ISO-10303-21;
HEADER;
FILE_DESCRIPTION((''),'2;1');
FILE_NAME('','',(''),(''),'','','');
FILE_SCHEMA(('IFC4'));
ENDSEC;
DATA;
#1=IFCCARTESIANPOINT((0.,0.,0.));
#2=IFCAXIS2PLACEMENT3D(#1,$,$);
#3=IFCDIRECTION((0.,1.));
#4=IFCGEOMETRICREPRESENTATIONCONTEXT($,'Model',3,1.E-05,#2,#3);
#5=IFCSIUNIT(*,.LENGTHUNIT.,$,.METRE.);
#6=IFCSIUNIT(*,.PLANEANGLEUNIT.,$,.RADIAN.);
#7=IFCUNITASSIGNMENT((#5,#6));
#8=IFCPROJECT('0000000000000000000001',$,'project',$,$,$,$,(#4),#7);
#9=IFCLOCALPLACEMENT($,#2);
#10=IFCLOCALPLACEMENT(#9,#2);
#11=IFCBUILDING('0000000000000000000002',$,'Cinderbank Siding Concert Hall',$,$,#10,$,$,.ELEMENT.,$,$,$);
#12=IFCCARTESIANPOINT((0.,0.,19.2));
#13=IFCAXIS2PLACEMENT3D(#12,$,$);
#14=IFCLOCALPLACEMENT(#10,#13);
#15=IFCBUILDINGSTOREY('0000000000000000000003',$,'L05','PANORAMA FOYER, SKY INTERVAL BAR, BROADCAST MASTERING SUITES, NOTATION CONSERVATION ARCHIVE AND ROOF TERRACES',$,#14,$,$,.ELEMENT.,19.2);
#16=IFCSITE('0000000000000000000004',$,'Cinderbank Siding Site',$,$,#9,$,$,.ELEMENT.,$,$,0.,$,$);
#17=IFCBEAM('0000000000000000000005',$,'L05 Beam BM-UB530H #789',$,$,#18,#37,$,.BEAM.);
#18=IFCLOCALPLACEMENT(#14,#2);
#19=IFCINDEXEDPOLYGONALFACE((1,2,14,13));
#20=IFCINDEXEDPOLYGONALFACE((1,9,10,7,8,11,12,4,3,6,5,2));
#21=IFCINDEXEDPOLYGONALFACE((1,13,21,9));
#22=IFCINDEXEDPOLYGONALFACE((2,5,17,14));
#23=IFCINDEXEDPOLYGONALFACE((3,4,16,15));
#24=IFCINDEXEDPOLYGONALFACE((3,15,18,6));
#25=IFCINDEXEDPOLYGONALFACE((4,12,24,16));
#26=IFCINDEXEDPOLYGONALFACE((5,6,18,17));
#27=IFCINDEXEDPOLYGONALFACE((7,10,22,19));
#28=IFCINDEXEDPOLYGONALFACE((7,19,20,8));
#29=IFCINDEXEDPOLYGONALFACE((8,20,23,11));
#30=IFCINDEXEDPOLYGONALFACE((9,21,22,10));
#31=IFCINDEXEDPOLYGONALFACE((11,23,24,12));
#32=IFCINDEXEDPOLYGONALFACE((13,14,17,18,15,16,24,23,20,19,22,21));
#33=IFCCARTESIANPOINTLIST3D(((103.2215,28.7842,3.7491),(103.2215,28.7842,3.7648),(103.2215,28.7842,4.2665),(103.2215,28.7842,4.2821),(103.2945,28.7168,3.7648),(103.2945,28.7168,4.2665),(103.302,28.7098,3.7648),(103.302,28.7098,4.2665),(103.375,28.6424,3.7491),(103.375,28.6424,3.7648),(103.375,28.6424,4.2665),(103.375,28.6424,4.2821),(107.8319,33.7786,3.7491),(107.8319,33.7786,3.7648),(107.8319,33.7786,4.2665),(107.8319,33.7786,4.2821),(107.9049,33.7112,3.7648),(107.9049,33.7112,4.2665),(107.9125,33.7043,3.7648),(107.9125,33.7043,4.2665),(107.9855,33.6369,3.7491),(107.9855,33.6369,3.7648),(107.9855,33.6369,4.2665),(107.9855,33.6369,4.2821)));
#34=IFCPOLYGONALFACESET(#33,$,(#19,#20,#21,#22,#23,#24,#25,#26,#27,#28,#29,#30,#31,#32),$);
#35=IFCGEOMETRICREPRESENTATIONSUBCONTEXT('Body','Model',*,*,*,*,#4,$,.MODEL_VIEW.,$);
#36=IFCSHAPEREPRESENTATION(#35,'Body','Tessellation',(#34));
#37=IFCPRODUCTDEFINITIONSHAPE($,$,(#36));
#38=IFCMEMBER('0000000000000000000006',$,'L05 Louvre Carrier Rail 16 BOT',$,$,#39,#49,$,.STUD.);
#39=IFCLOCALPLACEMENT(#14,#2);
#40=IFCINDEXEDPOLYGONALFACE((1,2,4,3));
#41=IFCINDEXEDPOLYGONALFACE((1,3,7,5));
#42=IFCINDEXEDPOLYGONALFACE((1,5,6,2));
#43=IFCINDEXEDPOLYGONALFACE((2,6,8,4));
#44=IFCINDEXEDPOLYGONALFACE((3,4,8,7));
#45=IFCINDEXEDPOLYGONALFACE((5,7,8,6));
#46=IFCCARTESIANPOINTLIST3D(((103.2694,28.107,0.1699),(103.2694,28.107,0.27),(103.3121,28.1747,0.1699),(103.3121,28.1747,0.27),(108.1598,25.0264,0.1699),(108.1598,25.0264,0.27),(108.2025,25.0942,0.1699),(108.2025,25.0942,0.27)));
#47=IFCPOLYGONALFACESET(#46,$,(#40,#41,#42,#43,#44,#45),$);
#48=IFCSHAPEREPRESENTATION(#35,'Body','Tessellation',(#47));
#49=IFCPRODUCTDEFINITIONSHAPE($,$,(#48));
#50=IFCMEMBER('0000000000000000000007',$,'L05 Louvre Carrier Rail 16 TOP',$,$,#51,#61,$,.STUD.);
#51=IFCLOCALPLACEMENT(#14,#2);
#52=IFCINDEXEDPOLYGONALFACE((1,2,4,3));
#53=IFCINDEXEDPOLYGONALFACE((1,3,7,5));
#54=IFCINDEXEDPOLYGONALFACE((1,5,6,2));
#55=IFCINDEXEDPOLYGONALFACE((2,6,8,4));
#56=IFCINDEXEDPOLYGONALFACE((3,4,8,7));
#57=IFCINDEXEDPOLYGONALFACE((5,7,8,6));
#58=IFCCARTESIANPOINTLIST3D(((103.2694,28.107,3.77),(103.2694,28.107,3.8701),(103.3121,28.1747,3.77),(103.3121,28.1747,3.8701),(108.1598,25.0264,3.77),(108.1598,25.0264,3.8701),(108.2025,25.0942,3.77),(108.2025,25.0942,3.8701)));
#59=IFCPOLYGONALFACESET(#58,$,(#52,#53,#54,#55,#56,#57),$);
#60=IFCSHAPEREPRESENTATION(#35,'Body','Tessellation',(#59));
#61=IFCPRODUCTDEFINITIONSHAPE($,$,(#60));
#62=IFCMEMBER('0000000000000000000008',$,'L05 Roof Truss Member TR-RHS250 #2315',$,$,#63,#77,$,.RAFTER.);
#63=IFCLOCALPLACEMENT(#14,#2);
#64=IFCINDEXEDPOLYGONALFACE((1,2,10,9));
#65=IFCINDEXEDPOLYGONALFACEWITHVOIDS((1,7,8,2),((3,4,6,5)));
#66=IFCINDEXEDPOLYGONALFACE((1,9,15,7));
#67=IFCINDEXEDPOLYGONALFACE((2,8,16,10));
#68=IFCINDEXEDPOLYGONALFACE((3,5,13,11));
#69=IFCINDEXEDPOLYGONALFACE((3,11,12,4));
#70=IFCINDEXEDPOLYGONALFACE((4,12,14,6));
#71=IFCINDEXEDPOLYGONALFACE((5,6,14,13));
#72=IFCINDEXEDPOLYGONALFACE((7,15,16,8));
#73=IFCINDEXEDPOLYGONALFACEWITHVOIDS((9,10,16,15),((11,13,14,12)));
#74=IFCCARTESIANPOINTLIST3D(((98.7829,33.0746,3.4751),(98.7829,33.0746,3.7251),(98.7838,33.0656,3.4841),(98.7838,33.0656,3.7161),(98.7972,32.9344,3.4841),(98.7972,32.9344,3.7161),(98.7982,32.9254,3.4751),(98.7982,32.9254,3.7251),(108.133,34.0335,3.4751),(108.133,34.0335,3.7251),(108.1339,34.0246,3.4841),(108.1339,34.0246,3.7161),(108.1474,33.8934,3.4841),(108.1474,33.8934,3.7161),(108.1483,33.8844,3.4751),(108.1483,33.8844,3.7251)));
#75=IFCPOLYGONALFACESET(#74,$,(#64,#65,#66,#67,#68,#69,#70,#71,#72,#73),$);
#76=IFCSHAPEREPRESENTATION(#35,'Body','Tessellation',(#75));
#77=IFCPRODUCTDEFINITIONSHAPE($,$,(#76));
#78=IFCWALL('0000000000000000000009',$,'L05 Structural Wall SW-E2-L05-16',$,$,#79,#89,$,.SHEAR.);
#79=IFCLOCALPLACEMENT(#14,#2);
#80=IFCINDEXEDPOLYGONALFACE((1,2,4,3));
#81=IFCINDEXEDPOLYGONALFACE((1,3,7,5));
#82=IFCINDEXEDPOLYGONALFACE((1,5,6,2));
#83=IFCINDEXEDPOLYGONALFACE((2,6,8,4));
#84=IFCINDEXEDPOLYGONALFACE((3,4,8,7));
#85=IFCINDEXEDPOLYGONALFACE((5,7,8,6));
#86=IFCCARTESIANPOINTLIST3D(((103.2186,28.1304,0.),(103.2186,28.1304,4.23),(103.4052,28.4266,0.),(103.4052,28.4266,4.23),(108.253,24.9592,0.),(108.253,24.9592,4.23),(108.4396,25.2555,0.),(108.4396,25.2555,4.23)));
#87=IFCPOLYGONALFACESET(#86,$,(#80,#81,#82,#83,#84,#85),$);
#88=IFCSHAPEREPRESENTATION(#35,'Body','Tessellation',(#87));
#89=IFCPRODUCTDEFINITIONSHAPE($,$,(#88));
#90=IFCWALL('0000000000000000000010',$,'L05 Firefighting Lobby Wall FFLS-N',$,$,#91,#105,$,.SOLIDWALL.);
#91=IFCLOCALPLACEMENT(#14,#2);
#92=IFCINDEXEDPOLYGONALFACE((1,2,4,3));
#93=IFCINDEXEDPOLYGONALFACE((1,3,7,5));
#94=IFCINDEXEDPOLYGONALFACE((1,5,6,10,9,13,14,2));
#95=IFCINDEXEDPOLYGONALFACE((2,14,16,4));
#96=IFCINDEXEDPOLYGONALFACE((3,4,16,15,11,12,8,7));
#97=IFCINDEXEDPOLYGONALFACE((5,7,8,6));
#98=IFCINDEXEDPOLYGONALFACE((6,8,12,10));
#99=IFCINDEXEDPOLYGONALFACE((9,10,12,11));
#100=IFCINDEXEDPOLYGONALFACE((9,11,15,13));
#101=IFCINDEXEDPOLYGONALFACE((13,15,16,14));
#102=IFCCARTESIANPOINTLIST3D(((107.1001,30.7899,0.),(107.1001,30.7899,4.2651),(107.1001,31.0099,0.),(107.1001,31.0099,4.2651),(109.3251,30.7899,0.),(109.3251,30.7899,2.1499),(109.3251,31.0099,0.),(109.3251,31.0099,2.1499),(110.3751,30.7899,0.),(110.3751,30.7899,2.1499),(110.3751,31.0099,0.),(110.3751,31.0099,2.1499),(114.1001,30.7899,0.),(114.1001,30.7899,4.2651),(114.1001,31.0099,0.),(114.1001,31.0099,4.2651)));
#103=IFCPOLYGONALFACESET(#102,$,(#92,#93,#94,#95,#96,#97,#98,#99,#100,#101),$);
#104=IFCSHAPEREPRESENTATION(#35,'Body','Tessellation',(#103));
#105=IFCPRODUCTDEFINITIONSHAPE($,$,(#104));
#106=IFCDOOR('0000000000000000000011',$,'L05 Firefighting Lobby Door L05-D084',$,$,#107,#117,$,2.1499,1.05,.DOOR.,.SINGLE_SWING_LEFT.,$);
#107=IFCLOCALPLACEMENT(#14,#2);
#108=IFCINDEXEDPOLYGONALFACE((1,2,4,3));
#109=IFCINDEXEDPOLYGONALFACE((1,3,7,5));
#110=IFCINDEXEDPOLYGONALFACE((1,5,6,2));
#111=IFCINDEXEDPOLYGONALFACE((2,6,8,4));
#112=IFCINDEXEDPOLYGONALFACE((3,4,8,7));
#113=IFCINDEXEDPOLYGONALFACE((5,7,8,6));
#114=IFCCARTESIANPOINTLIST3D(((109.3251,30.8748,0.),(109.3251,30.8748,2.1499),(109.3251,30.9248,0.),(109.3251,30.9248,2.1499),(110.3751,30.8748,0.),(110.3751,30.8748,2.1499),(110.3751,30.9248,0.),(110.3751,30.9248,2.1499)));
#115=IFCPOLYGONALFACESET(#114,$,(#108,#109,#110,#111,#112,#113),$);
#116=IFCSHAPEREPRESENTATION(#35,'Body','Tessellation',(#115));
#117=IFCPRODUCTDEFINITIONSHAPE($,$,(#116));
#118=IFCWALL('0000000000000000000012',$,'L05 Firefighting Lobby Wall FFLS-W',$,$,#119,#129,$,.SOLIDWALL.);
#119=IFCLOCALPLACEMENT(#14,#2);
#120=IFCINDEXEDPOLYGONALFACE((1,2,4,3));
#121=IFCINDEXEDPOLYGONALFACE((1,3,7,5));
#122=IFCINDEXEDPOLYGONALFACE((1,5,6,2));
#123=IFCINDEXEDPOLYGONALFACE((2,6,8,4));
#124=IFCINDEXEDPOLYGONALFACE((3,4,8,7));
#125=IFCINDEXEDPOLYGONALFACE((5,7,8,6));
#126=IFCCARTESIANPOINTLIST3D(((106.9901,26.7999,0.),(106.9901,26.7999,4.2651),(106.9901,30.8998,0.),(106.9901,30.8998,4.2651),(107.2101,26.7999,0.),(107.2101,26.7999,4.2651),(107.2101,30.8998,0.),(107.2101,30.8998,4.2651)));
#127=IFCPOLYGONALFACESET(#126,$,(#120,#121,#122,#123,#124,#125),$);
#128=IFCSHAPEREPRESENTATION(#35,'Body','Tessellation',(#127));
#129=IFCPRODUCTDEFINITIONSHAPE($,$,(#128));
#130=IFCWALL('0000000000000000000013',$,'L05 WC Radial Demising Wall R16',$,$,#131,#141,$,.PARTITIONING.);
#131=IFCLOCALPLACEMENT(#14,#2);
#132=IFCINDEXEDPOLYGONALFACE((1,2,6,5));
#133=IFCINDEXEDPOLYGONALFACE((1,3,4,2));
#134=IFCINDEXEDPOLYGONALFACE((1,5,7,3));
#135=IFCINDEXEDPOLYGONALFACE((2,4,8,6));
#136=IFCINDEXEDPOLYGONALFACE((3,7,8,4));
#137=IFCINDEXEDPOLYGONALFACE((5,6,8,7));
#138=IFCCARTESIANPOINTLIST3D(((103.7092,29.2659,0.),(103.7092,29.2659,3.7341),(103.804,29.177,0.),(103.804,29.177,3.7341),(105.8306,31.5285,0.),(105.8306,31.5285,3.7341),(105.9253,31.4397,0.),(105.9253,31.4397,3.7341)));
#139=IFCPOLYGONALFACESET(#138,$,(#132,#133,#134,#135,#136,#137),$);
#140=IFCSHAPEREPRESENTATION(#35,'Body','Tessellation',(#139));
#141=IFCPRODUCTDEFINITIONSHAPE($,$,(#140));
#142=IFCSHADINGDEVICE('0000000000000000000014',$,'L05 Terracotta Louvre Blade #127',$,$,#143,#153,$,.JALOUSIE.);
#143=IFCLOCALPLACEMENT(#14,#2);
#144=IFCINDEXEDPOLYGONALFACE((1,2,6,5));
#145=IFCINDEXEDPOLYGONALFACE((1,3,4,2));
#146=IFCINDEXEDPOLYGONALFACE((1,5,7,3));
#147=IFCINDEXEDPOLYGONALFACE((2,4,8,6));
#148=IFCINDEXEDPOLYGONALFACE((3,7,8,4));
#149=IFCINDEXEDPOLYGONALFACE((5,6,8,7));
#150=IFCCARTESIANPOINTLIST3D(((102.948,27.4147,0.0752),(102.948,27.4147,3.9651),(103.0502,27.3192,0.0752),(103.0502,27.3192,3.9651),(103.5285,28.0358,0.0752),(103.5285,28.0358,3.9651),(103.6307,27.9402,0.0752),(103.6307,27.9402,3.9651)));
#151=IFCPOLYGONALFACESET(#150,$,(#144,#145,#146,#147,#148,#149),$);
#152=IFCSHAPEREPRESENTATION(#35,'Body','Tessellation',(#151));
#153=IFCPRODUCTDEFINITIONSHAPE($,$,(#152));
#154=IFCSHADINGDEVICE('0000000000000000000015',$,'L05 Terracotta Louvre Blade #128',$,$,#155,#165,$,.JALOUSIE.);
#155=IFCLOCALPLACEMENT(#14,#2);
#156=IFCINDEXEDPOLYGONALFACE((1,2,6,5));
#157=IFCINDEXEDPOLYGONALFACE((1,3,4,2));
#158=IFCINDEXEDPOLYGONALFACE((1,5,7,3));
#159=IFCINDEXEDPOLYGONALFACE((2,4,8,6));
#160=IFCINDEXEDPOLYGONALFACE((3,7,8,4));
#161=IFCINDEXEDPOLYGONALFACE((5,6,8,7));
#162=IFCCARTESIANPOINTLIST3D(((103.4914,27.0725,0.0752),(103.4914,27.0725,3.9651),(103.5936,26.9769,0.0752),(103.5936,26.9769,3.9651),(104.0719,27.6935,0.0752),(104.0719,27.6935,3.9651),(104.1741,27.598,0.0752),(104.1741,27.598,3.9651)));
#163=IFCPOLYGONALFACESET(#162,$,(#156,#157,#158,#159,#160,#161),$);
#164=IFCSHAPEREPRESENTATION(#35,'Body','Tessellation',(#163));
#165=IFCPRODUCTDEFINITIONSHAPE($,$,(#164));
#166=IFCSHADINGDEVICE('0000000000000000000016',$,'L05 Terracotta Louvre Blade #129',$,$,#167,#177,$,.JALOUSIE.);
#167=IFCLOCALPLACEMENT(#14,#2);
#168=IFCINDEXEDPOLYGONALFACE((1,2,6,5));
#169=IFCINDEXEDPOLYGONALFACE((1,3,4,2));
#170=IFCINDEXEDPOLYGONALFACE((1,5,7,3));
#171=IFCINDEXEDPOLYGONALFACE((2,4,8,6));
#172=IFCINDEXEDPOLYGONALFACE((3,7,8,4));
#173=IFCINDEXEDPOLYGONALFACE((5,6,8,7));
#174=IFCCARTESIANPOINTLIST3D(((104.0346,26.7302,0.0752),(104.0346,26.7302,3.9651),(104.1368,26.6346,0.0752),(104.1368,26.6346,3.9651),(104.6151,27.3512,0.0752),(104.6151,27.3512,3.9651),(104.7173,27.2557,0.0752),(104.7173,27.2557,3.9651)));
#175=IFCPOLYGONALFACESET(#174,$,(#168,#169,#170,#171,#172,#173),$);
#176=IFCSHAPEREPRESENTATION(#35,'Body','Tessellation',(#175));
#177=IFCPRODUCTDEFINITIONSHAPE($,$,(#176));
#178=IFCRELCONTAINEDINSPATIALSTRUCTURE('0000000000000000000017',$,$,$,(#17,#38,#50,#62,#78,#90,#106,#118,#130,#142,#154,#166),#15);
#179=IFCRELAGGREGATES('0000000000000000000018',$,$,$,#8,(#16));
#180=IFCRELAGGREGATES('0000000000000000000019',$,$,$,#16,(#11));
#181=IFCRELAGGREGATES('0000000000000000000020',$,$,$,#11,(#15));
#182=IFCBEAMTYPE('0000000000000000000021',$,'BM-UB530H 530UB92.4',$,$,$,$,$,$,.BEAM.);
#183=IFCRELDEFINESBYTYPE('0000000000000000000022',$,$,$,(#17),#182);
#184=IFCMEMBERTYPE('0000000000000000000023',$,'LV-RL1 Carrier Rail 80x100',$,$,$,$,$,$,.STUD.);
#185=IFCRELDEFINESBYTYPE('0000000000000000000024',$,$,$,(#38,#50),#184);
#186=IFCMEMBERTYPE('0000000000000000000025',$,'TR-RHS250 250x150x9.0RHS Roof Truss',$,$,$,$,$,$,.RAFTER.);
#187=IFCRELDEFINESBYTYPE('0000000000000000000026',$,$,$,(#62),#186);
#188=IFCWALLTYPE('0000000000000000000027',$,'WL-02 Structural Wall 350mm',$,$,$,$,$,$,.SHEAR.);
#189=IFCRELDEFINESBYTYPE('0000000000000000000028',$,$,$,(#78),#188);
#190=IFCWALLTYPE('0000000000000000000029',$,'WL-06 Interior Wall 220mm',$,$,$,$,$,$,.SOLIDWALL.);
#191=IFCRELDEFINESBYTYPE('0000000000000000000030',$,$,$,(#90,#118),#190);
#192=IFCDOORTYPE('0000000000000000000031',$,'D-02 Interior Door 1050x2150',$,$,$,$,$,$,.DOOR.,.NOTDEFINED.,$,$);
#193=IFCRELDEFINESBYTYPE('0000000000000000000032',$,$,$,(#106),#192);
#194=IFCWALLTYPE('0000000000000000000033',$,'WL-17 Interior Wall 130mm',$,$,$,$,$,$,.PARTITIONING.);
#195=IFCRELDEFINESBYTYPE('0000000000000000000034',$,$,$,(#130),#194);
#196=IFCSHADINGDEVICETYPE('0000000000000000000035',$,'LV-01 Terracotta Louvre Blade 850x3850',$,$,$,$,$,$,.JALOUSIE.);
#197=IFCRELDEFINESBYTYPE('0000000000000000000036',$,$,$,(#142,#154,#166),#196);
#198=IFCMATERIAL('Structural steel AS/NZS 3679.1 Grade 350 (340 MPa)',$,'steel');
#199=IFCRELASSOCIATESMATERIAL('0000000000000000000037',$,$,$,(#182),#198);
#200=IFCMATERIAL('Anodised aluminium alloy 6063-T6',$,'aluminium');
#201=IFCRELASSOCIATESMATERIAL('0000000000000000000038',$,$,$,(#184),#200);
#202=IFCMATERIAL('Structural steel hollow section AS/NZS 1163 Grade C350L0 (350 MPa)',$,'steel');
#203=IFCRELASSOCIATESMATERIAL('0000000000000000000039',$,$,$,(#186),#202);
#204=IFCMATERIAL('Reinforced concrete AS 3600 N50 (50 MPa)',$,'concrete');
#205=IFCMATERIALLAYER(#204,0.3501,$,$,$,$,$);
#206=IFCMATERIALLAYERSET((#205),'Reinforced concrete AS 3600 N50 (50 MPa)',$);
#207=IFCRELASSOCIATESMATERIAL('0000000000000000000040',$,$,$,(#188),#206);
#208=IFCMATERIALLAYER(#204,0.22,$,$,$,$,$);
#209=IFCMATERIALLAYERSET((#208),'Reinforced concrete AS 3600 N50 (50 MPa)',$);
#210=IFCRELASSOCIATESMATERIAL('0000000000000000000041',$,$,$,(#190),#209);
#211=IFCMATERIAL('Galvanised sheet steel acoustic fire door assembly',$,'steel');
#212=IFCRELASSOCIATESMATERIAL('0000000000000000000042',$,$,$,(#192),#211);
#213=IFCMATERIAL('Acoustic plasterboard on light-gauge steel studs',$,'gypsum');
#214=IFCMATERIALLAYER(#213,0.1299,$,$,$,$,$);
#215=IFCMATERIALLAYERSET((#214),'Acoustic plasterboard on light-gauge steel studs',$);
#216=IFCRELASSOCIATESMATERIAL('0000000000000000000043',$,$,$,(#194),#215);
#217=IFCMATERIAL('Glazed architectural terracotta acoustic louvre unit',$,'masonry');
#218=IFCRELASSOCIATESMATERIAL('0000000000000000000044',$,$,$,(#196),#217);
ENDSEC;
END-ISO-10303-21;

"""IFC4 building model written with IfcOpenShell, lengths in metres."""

from ifc_helpers import new_model, si_unit, direction, frame, frame_2d, origin, origin_2d, place, context, subcontext, project, spatial, rectangle, hollow_rectangle, i_section, extrude, material, layer, layer_set, material_profile, profile_set, type_object, element, fill, save


model = new_model("IFC4")

# Units and contexts
model_context = context("Model", 3, precision=1e-05, world=origin(), true_north=direction((0.0, 1.0)))
body_context = subcontext(model_context, "Body", "Model", "MODEL_VIEW")
ifc_project = project(units=[si_unit("LENGTHUNIT", "METRE"), si_unit("PLANEANGLEUNIT", "RADIAN")], contexts=[model_context])

# Site, building, storey
site_placement = place(None, origin())
site = spatial("IfcSite", under=ifc_project, at=site_placement, Name="Cinderbank Siding Site", CompositionType="ELEMENT", RefElevation=0.0)
building_placement = place(site_placement, origin())
building = spatial("IfcBuilding", under=site, at=building_placement, Name="Cinderbank Siding Concert Hall", CompositionType="ELEMENT")
storey_placement = place(building_placement, frame((0.0, 0.0, 19.2)))
storey = spatial("IfcBuildingStorey", under=building, at=storey_placement, Name="L05", Description="PANORAMA FOYER, SKY INTERVAL BAR, BROADCAST MASTERING SUITES, NOTATION CONSERVATION ARCHIVE AND ROOF TERRACES", CompositionType="ELEMENT", Elevation=19.2)

# Beam
ifc_material_1 = material(Name="Structural steel AS/NZS 3679.1 Grade 350 (340 MPa)", Category="steel")
ifc_material_profile_1 = material_profile(ifc_material_1, i_section(OverallWidth=0.209, OverallDepth=0.533, WebThickness=0.0103, FlangeThickness=0.0156, at=origin_2d()), Name="530UB92.4", Category="LoadBearing")
ifc_profile_set_1 = profile_set([ifc_material_profile_1], Name="Structural steel AS/NZS 3679.1 Grade 350 (340 MPa)")
beam_type = type_object("IfcBeamType", Name="BM-UB530H 530UB92.4", PredefinedType="BEAM", material=ifc_profile_set_1)
beam_placement = place(storey_placement, frame((107.9087, 33.7078, 4.0156), z_axis=(-0.678292, -0.734792, 0.0), x_axis=(0.734792, -0.678292, 0.0)))
element("IfcBeam", 1, at=beam_placement, inside=storey, type_object=beam_type, Name="L05 Beam BM-UB530H #789", PredefinedType="BEAM", context=body_context, shape_type="SweptSolid", body=[
    extrude(i_section(OverallWidth=0.209, OverallDepth=0.533, WebThickness=0.0103, FlangeThickness=0.0156, at=origin_2d()), origin(), (0.0, 0.0, 1.0), 6.7971),
])

# Members
ifc_material_2 = material(Name="Anodised aluminium alloy 6063-T6", Category="aluminium")
ifc_material_profile_2 = material_profile(ifc_material_2, rectangle(XDim=0.0801, YDim=0.1001, at=origin_2d()), Name="ALU-RAIL-80x100", Category="LoadBearing")
ifc_profile_set_2 = profile_set([ifc_material_profile_2], Name="Anodised aluminium alloy 6063-T6")
member_type_1 = type_object("IfcMemberType", Name="LV-RL1 Carrier Rail 80x100", PredefinedType="STUD", material=ifc_profile_set_2)
for number, where, z_axis, x_axis, name in (
    (2, (103.2908, 28.1409, 0.22), (0.846121, -0.532991, 0.0), (0.532991, 0.846121, 0.0), "L05 Louvre Carrier Rail 16 BOT"),
    (3, (103.2908, 28.1409, 3.8201), (0.846121, -0.532991, 0.0), (0.532991, 0.846121, 0.0), "L05 Louvre Carrier Rail 16 TOP"),
):
    element("IfcMember", number, at=place(storey_placement, frame(where, z_axis=z_axis, x_axis=x_axis)), inside=storey, type_object=member_type_1, Name=name, PredefinedType="STUD", context=body_context, shape_type="SweptSolid", body=[
        extrude(rectangle(XDim=0.0801, YDim=0.1001, at=origin_2d()), origin(), (0.0, 0.0, 1.0), 5.7798),
    ])
ifc_material_3 = material(Name="Structural steel hollow section AS/NZS 1163 Grade C350L0 (350 MPa)", Category="steel")
ifc_material_profile_3 = material_profile(ifc_material_3, hollow_rectangle(XDim=0.1499, YDim=0.25, WallThickness=0.009, at=origin_2d()), Name="250x150x9.0RHS", Category="LoadBearing")
ifc_profile_set_3 = profile_set([ifc_material_profile_3], Name="Structural steel hollow section AS/NZS 1163 Grade C350L0 (350 MPa)")
member_type_2 = type_object("IfcMemberType", Name="TR-RHS250 250x150x9.0RHS Roof Truss", PredefinedType="RAFTER", material=ifc_profile_set_3)
member_placement = place(storey_placement, frame((108.1406, 33.959, 3.6001), z_axis=(-0.994781, -0.102029, 0.0), x_axis=(0.102029, -0.994781, 0.0)))
element("IfcMember", 4, at=member_placement, inside=storey, type_object=member_type_2, Name="L05 Roof Truss Member TR-RHS250 #2315", PredefinedType="RAFTER", context=body_context, shape_type="SweptSolid", body=[
    extrude(hollow_rectangle(XDim=0.1499, YDim=0.25, WallThickness=0.009, at=origin_2d()), origin(), (0.0, 0.0, 1.0), 9.3992),
])

# Wall
ifc_material_4 = material(Name="Reinforced concrete AS 3600 N50 (50 MPa)", Category="concrete")
ifc_layer_1 = layer(ifc_material_4, 0.3501)
ifc_layer_set_1 = layer_set([ifc_layer_1], Name="Reinforced concrete AS 3600 N50 (50 MPa)")
wall_type_1 = type_object("IfcWallType", Name="WL-02 Structural Wall 350mm", PredefinedType="SHEAR", material=ifc_layer_set_1)
wall_1_placement = place(storey_placement, frame((103.3118, 28.2786, 0.0), z_axis=(0.0, 0.0, 1.0), x_axis=(0.846133, -0.532972, 0.0)))
element("IfcWall", 5, at=wall_1_placement, inside=storey, type_object=wall_type_1, Name="L05 Structural Wall SW-E2-L05-16", PredefinedType="SHEAR", context=body_context, shape_type="SweptSolid", body=[
    extrude(rectangle(XDim=5.95, YDim=0.3501, at=frame_2d((2.9751, 0.0))), origin(), (0.0, 0.0, 1.0), 4.23),
])

# Wall, opening, door
ifc_layer_2 = layer(ifc_material_4, 0.22)
ifc_layer_set_2 = layer_set([ifc_layer_2], Name="Reinforced concrete AS 3600 N50 (50 MPa)")
wall_type_2 = type_object("IfcWallType", Name="WL-06 Interior Wall 220mm", PredefinedType="SOLIDWALL", material=ifc_layer_set_2)
wall_2_placement = place(storey_placement, frame((107.1001, 30.8999, 0.0), z_axis=(0.0, 0.0, 1.0), x_axis=(1.0, 0.0, 0.0)))
wall_2 = element("IfcWall", 6, at=wall_2_placement, inside=storey, type_object=wall_type_2, Name="L05 Firefighting Lobby Wall FFLS-N", PredefinedType="SOLIDWALL", context=body_context, shape_type="SweptSolid", body=[
    extrude(rectangle(XDim=7.0, YDim=0.22, at=frame_2d((3.5, 0.0))), origin(), (0.0, 0.0, 1.0), 4.2651),
])
opening_placement = place(wall_2_placement, frame((2.2251, 0.0, 0.0)))
opening = element("IfcOpeningElement", 7, at=opening_placement, cuts=wall_2, PredefinedType="OPENING", context=body_context, shape_type="SweptSolid", body=[
    extrude(rectangle(XDim=1.05, YDim=2.1499, at=frame_2d((0.5249, 1.075))), frame((0.0, 0.1221, 0.0), z_axis=(0.0, -1.0, 0.0), x_axis=(1.0, 0.0, 0.0)), (0.0, 0.0, 1.0), 0.2439),
])
ifc_material_5 = material(Name="Galvanised sheet steel acoustic fire door assembly", Category="steel")
door_type = type_object("IfcDoorType", Name="D-02 Interior Door 1050x2150", OperationType="NOTDEFINED", PredefinedType="DOOR", material=ifc_material_5)
door_placement = place(opening_placement, origin())
door = element("IfcDoor", 8, at=door_placement, inside=storey, type_object=door_type, Name="L05 Firefighting Lobby Door L05-D084", OperationType="SINGLE_SWING_LEFT", OverallHeight=2.1499, OverallWidth=1.05, PredefinedType="DOOR", context=body_context, shape_type="SweptSolid", body=[
    extrude(rectangle(XDim=1.05, YDim=2.1499, at=frame_2d((0.5249, 1.075))), frame((0.0, 0.0249, 0.0), z_axis=(0.0, -1.0, 0.0), x_axis=(1.0, 0.0, 0.0)), (0.0, 0.0, 1.0), 0.05),
])
fill(opening, door)

# Walls
wall_3_placement = place(storey_placement, frame((107.1001, 26.8, 0.0), z_axis=(0.0, 0.0, 1.0), x_axis=(0.0, 1.0, 0.0)))
element("IfcWall", 9, at=wall_3_placement, inside=storey, type_object=wall_type_2, Name="L05 Firefighting Lobby Wall FFLS-W", PredefinedType="SOLIDWALL", context=body_context, shape_type="SweptSolid", body=[
    extrude(rectangle(XDim=4.0999, YDim=0.22, at=frame_2d((2.0498, 0.0))), origin(), (0.0, 0.0, 1.0), 4.2651),
])
ifc_material_6 = material(Name="Acoustic plasterboard on light-gauge steel studs", Category="gypsum")
ifc_layer_3 = layer(ifc_material_6, 0.1299)
ifc_layer_set_3 = layer_set([ifc_layer_3], Name="Acoustic plasterboard on light-gauge steel studs")
wall_type_3 = type_object("IfcWallType", Name="WL-17 Interior Wall 130mm", PredefinedType="PARTITIONING", material=ifc_layer_set_3)
wall_4_placement = place(storey_placement, frame((105.8779, 31.4841, 0.0), z_axis=(0.0, 0.0, 1.0), x_axis=(-0.683952, -0.729527, 0.0)))
element("IfcWall", 10, at=wall_4_placement, inside=storey, type_object=wall_type_3, Name="L05 WC Radial Demising Wall R16", PredefinedType="PARTITIONING", context=body_context, shape_type="SweptSolid", body=[
    extrude(rectangle(XDim=3.1016, YDim=0.1299, at=frame_2d((1.5508, 0.0))), origin(), (0.0, 0.0, 1.0), 3.7341),
])

# Shading devices
ifc_material_7 = material(Name="Glazed architectural terracotta acoustic louvre unit", Category="masonry")
shading_device_type = type_object("IfcShadingDeviceType", Name="LV-01 Terracotta Louvre Blade 850x3850", PredefinedType="JALOUSIE", material=ifc_material_7)
for number, where, z_axis, x_axis, name in (
    (11, (103.2893, 27.6775, 0.0752), (0.0, 0.0, 1.0), (-0.682869, -0.730541, 0.0), "L05 Terracotta Louvre Blade #127"),
    (12, (103.8328, 27.3352, 0.0752), (0.0, 0.0, 1.0), (-0.682869, -0.730541, 0.0), "L05 Terracotta Louvre Blade #128"),
    (13, (104.376, 26.9929, 0.0752), (0.0, 0.0, 1.0), (-0.682869, -0.730541, 0.0), "L05 Terracotta Louvre Blade #129"),
):
    element("IfcShadingDevice", number, at=place(storey_placement, frame(where, z_axis=z_axis, x_axis=x_axis)), inside=storey, type_object=shading_device_type, Name=name, PredefinedType="JALOUSIE", context=body_context, shape_type="SweptSolid", body=[
        extrude(rectangle(XDim=0.8501, YDim=0.1399, at=origin_2d()), origin(), (0.0, 0.0, 1.0), 3.8899),
    ])

save(model, "model.ifc")
